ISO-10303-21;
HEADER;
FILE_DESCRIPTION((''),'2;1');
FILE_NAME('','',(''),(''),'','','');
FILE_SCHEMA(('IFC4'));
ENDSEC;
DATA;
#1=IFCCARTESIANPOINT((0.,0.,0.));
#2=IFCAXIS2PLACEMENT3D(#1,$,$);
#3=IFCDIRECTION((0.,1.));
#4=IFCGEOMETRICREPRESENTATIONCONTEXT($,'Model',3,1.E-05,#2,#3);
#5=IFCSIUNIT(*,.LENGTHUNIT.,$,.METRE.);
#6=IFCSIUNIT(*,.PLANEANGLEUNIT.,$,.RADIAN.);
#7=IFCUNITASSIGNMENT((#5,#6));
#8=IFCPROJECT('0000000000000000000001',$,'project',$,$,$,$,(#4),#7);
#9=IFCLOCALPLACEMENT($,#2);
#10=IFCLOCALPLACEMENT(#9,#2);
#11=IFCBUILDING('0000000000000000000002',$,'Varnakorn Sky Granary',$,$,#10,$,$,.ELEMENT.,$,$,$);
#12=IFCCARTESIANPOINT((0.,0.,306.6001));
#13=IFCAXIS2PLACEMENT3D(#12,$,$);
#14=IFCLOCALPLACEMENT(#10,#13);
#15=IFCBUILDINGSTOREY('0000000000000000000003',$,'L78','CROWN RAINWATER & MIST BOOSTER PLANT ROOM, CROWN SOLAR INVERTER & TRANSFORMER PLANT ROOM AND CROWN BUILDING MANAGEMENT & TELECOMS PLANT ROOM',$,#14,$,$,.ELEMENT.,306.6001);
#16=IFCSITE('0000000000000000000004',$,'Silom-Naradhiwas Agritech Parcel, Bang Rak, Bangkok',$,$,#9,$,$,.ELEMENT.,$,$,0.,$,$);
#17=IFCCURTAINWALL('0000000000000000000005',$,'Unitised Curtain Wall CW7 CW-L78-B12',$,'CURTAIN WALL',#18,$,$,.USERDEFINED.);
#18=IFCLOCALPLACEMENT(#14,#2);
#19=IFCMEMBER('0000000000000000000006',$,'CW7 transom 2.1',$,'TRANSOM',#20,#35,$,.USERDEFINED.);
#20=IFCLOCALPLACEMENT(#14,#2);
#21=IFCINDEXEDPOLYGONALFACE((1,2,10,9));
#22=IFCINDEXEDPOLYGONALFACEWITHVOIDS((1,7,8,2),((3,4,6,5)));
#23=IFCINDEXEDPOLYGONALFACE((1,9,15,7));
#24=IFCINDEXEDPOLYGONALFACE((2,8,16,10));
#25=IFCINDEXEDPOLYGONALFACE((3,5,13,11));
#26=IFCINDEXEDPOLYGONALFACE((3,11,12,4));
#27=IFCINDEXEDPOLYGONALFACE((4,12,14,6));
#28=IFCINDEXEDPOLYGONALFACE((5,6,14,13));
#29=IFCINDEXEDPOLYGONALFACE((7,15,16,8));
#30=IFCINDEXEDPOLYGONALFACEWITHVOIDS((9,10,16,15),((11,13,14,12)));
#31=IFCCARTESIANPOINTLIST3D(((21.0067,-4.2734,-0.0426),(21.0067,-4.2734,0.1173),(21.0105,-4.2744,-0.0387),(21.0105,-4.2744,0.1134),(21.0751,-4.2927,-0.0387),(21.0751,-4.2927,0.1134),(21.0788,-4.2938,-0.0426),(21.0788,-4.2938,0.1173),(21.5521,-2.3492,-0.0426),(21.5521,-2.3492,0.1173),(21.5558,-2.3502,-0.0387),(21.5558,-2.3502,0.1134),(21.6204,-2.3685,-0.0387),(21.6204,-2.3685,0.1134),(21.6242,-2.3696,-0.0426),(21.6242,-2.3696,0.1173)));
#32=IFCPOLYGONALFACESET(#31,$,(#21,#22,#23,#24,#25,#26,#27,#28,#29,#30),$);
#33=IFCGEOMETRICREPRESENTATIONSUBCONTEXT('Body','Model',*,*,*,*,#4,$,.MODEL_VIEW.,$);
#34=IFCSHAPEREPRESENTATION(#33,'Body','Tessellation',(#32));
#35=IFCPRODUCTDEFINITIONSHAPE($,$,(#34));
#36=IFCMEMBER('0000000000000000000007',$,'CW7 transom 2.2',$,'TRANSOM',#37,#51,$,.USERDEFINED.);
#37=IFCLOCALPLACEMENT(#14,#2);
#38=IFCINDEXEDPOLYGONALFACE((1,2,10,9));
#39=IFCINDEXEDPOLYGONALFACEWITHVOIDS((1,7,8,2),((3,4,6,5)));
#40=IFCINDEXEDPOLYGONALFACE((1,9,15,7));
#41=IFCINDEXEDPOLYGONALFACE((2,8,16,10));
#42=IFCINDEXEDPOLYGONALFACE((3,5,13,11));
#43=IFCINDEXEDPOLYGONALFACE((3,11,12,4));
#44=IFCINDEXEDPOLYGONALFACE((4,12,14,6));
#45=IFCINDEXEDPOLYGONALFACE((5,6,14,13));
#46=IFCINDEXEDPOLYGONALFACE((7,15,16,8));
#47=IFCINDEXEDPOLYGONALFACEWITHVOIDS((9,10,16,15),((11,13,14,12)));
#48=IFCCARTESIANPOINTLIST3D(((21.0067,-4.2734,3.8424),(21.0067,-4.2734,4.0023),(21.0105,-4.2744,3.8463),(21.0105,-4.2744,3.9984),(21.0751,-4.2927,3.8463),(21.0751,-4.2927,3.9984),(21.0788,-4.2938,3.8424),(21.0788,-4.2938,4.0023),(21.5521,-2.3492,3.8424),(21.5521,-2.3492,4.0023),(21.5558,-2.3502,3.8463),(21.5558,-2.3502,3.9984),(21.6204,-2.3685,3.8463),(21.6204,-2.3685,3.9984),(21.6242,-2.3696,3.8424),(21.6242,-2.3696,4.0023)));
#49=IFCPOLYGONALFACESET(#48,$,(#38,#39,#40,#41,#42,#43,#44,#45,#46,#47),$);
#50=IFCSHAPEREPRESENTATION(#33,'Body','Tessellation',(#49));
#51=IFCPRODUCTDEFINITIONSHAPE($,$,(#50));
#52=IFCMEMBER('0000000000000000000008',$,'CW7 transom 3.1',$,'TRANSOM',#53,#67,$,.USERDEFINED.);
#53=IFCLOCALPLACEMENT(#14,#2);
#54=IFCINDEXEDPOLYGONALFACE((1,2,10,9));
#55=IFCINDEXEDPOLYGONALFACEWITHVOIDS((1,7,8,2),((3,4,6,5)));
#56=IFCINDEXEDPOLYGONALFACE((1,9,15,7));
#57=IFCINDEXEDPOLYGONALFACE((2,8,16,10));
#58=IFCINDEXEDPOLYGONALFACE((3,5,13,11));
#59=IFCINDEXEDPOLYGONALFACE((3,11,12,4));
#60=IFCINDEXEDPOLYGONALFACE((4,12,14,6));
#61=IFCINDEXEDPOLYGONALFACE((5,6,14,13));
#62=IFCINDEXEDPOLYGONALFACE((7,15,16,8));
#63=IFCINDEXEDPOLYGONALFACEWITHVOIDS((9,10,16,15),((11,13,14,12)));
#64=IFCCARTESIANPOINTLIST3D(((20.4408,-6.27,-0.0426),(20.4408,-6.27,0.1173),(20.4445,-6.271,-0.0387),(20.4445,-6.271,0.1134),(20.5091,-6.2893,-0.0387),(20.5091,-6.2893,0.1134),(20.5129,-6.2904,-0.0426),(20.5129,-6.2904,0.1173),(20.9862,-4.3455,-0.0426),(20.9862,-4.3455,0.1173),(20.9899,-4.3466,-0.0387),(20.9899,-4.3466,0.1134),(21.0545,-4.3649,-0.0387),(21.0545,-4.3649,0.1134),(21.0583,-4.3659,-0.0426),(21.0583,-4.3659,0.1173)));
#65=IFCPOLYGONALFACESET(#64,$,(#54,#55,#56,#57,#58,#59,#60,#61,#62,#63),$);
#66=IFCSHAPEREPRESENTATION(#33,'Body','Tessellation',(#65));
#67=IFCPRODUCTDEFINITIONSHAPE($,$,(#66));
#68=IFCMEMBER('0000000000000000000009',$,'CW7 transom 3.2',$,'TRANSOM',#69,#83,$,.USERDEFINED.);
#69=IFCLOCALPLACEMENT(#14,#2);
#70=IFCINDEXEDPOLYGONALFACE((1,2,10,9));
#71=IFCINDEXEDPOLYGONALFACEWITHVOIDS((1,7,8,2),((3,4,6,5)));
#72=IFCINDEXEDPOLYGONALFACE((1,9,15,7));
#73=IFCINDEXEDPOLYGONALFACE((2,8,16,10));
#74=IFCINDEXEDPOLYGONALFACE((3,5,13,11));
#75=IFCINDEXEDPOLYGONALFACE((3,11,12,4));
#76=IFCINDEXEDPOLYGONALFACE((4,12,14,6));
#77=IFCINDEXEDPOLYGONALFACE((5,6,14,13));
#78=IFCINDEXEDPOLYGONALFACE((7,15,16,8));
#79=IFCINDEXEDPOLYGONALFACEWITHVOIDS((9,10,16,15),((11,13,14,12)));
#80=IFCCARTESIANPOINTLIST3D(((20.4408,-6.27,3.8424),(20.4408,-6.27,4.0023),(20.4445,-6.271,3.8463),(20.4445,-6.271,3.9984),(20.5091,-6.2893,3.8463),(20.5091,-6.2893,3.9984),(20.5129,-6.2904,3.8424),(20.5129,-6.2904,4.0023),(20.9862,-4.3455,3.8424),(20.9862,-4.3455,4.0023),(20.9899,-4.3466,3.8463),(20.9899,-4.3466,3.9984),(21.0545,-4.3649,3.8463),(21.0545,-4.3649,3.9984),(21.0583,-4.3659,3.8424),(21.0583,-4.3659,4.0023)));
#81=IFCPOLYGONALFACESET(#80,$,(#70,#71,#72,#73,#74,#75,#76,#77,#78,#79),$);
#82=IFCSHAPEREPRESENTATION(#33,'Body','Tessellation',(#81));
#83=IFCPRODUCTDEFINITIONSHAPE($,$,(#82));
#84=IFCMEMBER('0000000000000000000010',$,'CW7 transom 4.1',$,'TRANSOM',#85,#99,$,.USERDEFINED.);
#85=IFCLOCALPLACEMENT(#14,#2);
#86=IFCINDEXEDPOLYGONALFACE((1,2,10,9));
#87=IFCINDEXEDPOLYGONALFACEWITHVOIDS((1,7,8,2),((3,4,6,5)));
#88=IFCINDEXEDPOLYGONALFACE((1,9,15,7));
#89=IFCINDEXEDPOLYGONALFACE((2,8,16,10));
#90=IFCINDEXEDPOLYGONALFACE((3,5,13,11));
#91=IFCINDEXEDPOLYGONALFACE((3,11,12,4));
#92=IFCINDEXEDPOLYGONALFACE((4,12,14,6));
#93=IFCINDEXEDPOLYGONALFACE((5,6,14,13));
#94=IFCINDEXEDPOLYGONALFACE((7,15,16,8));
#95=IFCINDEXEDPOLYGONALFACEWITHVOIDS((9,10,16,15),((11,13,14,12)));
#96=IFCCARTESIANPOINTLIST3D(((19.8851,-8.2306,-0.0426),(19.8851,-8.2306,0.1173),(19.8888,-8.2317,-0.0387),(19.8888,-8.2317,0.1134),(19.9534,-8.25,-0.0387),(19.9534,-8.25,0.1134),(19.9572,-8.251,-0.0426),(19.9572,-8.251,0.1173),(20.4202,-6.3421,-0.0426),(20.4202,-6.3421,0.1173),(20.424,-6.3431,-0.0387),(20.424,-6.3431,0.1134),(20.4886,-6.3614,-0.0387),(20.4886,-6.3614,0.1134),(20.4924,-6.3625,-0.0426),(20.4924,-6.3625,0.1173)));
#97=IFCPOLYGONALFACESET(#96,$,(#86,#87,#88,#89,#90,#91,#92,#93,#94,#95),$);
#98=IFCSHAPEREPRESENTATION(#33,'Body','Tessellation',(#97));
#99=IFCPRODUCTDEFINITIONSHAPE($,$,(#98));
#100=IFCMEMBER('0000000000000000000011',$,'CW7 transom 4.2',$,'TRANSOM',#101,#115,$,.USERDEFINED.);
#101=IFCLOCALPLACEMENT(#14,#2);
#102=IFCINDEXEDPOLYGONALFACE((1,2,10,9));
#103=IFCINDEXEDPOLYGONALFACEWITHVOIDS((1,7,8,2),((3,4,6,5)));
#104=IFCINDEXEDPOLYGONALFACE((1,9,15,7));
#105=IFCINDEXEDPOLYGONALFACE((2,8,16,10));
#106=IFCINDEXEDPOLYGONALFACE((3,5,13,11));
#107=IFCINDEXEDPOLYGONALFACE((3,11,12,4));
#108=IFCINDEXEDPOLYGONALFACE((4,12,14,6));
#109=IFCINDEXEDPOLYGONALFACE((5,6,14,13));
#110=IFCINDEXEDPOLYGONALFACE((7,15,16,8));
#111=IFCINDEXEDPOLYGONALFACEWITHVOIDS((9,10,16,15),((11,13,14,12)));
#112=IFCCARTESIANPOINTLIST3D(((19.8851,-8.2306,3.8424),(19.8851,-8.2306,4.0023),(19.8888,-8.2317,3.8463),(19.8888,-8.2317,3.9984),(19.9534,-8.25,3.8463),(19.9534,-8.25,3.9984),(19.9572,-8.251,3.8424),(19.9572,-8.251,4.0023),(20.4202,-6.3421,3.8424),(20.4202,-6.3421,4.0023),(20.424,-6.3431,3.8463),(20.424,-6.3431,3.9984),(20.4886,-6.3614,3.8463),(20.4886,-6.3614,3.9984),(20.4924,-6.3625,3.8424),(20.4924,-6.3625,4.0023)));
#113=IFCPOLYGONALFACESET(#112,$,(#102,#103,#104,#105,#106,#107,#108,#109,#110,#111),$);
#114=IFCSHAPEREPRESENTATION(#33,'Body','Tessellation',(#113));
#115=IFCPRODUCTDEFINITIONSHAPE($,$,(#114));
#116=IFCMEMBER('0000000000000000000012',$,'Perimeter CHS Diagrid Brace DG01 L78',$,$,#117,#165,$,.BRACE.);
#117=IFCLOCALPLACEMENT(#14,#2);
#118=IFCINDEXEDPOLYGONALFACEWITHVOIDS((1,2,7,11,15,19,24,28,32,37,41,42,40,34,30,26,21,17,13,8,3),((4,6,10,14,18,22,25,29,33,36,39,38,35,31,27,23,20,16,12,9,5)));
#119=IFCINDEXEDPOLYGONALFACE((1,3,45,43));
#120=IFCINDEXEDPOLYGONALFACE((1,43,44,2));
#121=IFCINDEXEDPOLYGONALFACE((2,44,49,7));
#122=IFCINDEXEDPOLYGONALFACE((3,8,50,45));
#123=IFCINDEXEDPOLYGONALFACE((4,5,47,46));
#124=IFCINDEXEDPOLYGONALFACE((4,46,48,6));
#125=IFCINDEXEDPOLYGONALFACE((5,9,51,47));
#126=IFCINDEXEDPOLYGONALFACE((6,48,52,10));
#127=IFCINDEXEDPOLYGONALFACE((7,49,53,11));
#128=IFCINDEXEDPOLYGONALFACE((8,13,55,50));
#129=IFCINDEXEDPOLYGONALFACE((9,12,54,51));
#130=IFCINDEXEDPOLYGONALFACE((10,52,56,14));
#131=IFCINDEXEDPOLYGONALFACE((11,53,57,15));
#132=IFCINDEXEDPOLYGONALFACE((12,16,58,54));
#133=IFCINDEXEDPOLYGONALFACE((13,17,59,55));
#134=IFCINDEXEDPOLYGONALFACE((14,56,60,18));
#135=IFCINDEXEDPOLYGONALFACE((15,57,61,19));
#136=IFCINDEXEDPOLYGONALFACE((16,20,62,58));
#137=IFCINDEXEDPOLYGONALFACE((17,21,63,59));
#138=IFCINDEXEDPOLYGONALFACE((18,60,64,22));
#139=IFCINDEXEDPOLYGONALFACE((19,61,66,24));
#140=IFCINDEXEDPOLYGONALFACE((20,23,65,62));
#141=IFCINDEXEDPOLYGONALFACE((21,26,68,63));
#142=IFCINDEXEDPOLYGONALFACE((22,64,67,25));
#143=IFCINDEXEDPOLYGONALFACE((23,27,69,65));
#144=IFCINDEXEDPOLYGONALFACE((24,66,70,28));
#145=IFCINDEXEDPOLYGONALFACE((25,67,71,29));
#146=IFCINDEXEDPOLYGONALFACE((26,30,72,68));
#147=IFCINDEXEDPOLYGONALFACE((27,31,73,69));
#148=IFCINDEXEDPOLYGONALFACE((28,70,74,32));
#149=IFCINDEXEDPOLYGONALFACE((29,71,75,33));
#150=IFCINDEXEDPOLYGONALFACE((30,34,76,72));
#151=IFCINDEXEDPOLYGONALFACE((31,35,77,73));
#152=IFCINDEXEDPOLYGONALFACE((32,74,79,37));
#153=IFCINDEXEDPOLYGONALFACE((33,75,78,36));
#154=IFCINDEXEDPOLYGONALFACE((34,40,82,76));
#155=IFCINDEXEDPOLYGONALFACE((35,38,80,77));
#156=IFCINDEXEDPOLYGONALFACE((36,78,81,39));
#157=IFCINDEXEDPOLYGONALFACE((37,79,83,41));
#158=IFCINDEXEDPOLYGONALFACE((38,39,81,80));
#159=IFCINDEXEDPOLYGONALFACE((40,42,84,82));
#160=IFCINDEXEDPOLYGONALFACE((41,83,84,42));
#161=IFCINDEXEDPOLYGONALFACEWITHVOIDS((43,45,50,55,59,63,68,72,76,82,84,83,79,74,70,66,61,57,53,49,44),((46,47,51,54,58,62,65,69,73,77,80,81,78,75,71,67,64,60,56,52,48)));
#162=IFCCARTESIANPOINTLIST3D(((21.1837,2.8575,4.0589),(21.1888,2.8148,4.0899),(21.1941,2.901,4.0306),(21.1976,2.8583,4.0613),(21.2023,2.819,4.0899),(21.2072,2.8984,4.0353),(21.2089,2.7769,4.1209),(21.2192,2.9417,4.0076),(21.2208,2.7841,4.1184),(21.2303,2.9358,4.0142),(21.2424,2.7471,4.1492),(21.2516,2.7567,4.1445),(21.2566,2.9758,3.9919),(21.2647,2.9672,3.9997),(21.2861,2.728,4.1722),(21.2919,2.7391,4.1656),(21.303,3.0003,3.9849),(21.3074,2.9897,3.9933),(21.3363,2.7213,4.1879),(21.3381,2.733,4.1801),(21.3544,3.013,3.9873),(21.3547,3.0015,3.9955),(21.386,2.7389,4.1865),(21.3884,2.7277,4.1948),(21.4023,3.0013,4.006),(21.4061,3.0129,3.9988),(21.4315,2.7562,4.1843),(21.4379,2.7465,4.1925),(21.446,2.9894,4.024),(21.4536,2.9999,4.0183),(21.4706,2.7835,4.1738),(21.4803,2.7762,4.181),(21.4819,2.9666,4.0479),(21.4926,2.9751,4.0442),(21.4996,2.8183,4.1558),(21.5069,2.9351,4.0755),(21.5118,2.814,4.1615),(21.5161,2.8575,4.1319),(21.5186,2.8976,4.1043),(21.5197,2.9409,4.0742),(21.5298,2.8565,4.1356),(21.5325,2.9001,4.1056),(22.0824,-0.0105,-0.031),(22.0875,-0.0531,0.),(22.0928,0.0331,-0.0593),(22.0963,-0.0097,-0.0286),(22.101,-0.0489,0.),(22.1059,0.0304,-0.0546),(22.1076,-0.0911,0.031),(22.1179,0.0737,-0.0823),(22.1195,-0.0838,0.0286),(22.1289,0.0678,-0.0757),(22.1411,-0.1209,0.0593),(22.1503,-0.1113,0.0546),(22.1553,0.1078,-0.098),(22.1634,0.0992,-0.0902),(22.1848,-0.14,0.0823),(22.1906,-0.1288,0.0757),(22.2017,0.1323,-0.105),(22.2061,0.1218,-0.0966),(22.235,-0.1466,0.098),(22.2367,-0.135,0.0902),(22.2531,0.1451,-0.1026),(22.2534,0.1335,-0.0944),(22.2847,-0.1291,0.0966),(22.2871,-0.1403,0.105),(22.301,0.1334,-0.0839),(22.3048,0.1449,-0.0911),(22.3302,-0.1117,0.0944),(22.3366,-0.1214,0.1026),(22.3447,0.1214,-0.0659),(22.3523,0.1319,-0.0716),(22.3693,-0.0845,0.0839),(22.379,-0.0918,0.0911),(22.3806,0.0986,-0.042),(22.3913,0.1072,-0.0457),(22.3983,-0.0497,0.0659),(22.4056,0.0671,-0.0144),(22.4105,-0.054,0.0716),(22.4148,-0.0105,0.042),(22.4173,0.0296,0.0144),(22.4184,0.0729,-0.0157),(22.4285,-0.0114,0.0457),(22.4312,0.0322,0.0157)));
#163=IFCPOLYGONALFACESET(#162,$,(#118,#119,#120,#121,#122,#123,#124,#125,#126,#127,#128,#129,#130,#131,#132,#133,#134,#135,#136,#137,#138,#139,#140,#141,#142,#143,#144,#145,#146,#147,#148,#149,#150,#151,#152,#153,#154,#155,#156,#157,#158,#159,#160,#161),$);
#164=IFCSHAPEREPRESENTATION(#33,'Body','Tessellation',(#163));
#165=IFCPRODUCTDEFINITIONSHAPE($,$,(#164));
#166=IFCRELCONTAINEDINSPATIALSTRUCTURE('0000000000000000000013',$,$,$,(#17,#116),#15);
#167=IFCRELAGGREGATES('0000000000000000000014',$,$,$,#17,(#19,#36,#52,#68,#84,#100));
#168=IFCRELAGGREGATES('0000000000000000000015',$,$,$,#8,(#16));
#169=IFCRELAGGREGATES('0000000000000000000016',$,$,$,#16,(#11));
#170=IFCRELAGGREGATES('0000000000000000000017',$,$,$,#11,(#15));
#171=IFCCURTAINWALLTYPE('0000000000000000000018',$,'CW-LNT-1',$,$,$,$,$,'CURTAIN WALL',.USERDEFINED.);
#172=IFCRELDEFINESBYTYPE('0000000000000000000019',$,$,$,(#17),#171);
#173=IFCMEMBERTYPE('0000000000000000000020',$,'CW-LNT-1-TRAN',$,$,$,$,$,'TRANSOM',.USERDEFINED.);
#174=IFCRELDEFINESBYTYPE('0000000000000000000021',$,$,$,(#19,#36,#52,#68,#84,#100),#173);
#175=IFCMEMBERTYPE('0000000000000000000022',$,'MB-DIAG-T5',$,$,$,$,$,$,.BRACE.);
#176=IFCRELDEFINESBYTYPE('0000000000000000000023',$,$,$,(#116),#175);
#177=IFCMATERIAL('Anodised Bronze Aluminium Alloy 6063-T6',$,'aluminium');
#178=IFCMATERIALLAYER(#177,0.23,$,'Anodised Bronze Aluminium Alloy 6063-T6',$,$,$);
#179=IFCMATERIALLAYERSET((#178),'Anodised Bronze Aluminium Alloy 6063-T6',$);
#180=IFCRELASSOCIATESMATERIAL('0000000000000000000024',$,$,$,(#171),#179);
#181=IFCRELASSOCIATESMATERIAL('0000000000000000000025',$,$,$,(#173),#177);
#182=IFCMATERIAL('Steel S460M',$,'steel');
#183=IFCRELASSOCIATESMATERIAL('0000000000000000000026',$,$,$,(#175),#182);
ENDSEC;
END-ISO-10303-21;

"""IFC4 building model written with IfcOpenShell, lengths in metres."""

from ifc_helpers import new_model, si_unit, direction, frame, origin, origin_2d, place, context, subcontext, project, spatial, hollow_rectangle, hollow_circle, extrude, material, layer, layer_set, material_profile, profile_set, type_object, element, aggregate, save


model = new_model("IFC4")

# Units and contexts
model_context = context("Model", 3, precision=1e-05, world=origin(), true_north=direction((0.0, 1.0)))
body_context = subcontext(model_context, "Body", "Model", "MODEL_VIEW")
ifc_project = project(units=[si_unit("LENGTHUNIT", "METRE"), si_unit("PLANEANGLEUNIT", "RADIAN")], contexts=[model_context])

# Site, building, storey
site_placement = place(None, origin())
site = spatial("IfcSite", under=ifc_project, at=site_placement, Name="Silom-Naradhiwas Agritech Parcel, Bang Rak, Bangkok", CompositionType="ELEMENT", RefElevation=0.0)
building_placement = place(site_placement, origin())
building = spatial("IfcBuilding", under=site, at=building_placement, Name="Varnakorn Sky Granary", CompositionType="ELEMENT")
storey_placement = place(building_placement, frame((0.0, 0.0, 306.6001)))
storey = spatial("IfcBuildingStorey", under=building, at=storey_placement, Name="L78", Description="CROWN RAINWATER & MIST BOOSTER PLANT ROOM, CROWN SOLAR INVERTER & TRANSFORMER PLANT ROOM AND CROWN BUILDING MANAGEMENT & TELECOMS PLANT ROOM", CompositionType="ELEMENT", Elevation=306.6001)

# Shared definitions
ifc_material_1 = material(Name="Steel S460M", Category="steel")

# Curtain wall, members
ifc_material_2 = material(Name="Anodised Bronze Aluminium Alloy 6063-T6", Category="aluminium")
ifc_layer_1 = layer(ifc_material_2, 0.23, Name="Anodised Bronze Aluminium Alloy 6063-T6")
ifc_layer_set_1 = layer_set([ifc_layer_1], Name="Anodised Bronze Aluminium Alloy 6063-T6")
curtain_wall_type = type_object("IfcCurtainWallType", Name="CW-LNT-1", ElementType="CURTAIN WALL", PredefinedType="USERDEFINED", material=ifc_layer_set_1)
curtain_wall_placement = place(storey_placement, origin())
curtain_wall = element("IfcCurtainWall", 1, at=curtain_wall_placement, inside=storey, type_object=curtain_wall_type, Name="Unitised Curtain Wall CW7 CW-L78-B12", ObjectType="CURTAIN WALL", PredefinedType="USERDEFINED")
ifc_material_profile_1 = material_profile(ifc_material_2, hollow_rectangle(XDim=0.075, YDim=0.1599, WallThickness=0.0039, at=origin_2d()), Name="ALU TRAN 75x160")
ifc_profile_set_1 = profile_set([ifc_material_profile_1], Name="Anodised Bronze Aluminium Alloy 6063-T6")
member_type_1 = type_object("IfcMemberType", Name="CW-LNT-1-TRAN", ElementType="TRANSOM", PredefinedType="USERDEFINED", material=ifc_profile_set_1)
member_1_placement = place(storey_placement, frame((21.5881, -2.3594, 0.0374), z_axis=(-0.272689, -0.962102, 0.0), x_axis=(0.962102, -0.272689, 0.0)))
member_1 = element("IfcMember", 2, at=member_1_placement, type_object=member_type_1, Name="CW7 transom 2.1", ObjectType="TRANSOM", PredefinedType="USERDEFINED", context=body_context, shape_type="SweptSolid", body=[
    extrude(hollow_rectangle(XDim=0.075, YDim=0.1599, WallThickness=0.0039, at=origin_2d()), origin(), (0.0, 0.0, 1.0), 2.0),
])
member_2_placement = place(storey_placement, frame((21.5881, -2.3594, 3.9224), z_axis=(-0.272689, -0.962102, 0.0), x_axis=(0.962102, -0.272689, 0.0)))
member_2 = element("IfcMember", 3, at=member_2_placement, type_object=member_type_1, Name="CW7 transom 2.2", ObjectType="TRANSOM", PredefinedType="USERDEFINED", context=body_context, shape_type="SweptSolid", body=[
    extrude(hollow_rectangle(XDim=0.075, YDim=0.1599, WallThickness=0.0039, at=origin_2d()), origin(), (0.0, 0.0, 1.0), 2.0),
])
member_3_placement = place(storey_placement, frame((21.0222, -4.3557, 0.0374), z_axis=(-0.272657, -0.962111, 0.0), x_axis=(0.962111, -0.272657, 0.0)))
member_3 = element("IfcMember", 4, at=member_3_placement, type_object=member_type_1, Name="CW7 transom 3.1", ObjectType="TRANSOM", PredefinedType="USERDEFINED", context=body_context, shape_type="SweptSolid", body=[
    extrude(hollow_rectangle(XDim=0.075, YDim=0.1599, WallThickness=0.0039, at=origin_2d()), origin(), (0.0, 0.0, 1.0), 2.0002),
])
member_4_placement = place(storey_placement, frame((21.0222, -4.3557, 3.9224), z_axis=(-0.272657, -0.962111, 0.0), x_axis=(0.962111, -0.272657, 0.0)))
member_4 = element("IfcMember", 5, at=member_4_placement, type_object=member_type_1, Name="CW7 transom 3.2", ObjectType="TRANSOM", PredefinedType="USERDEFINED", context=body_context, shape_type="SweptSolid", body=[
    extrude(hollow_rectangle(XDim=0.075, YDim=0.1599, WallThickness=0.0039, at=origin_2d()), origin(), (0.0, 0.0, 1.0), 2.0002),
])
member_5_placement = place(storey_placement, frame((20.4563, -6.3523, 0.0374), z_axis=(-0.272651, -0.962113, 0.0), x_axis=(0.962113, -0.272651, 0.0)))
member_5 = element("IfcMember", 6, at=member_5_placement, type_object=member_type_1, Name="CW7 transom 4.1", ObjectType="TRANSOM", PredefinedType="USERDEFINED", context=body_context, shape_type="SweptSolid", body=[
    extrude(hollow_rectangle(XDim=0.075, YDim=0.1599, WallThickness=0.0039, at=origin_2d()), origin(), (0.0, 0.0, 1.0), 1.9629),
])
member_6_placement = place(storey_placement, frame((20.4563, -6.3523, 3.9224), z_axis=(-0.272651, -0.962113, 0.0), x_axis=(0.962113, -0.272651, 0.0)))
member_6 = element("IfcMember", 7, at=member_6_placement, type_object=member_type_1, Name="CW7 transom 4.2", ObjectType="TRANSOM", PredefinedType="USERDEFINED", context=body_context, shape_type="SweptSolid", body=[
    extrude(hollow_rectangle(XDim=0.075, YDim=0.1599, WallThickness=0.0039, at=origin_2d()), origin(), (0.0, 0.0, 1.0), 1.9629),
])

# Member
ifc_material_profile_2 = material_profile(ifc_material_1, hollow_circle(Radius=0.1777, WallThickness=0.0142, at=origin_2d()), Name="CHS 355.6x14")
ifc_profile_set_2 = profile_set([ifc_material_profile_2], Name="Steel S460M")
member_type_2 = type_object("IfcMemberType", Name="MB-DIAG-T5", PredefinedType="BRACE", material=ifc_profile_set_2)
for number, where, z_axis, x_axis, name in (
    (8, (22.2571, 0.0, 0.0), (-0.177067, 0.565066, 0.805821), (-0.954247, -0.29902, 0.0), "Perimeter CHS Diagrid Brace DG01 L78"),
):
    element("IfcMember", number, at=place(storey_placement, frame(where, z_axis=z_axis, x_axis=x_axis)), inside=storey, type_object=member_type_2, Name=name, PredefinedType="BRACE", context=body_context, shape_type="SweptSolid", body=[
        extrude(hollow_circle(Radius=0.1777, WallThickness=0.0142, at=origin_2d()), origin(), (0.0, 0.0, 1.0), 5.0754),
    ])

aggregate(curtain_wall, [member_1, member_2, member_3, member_4, member_5, member_6])

save(model, "model.ifc")
